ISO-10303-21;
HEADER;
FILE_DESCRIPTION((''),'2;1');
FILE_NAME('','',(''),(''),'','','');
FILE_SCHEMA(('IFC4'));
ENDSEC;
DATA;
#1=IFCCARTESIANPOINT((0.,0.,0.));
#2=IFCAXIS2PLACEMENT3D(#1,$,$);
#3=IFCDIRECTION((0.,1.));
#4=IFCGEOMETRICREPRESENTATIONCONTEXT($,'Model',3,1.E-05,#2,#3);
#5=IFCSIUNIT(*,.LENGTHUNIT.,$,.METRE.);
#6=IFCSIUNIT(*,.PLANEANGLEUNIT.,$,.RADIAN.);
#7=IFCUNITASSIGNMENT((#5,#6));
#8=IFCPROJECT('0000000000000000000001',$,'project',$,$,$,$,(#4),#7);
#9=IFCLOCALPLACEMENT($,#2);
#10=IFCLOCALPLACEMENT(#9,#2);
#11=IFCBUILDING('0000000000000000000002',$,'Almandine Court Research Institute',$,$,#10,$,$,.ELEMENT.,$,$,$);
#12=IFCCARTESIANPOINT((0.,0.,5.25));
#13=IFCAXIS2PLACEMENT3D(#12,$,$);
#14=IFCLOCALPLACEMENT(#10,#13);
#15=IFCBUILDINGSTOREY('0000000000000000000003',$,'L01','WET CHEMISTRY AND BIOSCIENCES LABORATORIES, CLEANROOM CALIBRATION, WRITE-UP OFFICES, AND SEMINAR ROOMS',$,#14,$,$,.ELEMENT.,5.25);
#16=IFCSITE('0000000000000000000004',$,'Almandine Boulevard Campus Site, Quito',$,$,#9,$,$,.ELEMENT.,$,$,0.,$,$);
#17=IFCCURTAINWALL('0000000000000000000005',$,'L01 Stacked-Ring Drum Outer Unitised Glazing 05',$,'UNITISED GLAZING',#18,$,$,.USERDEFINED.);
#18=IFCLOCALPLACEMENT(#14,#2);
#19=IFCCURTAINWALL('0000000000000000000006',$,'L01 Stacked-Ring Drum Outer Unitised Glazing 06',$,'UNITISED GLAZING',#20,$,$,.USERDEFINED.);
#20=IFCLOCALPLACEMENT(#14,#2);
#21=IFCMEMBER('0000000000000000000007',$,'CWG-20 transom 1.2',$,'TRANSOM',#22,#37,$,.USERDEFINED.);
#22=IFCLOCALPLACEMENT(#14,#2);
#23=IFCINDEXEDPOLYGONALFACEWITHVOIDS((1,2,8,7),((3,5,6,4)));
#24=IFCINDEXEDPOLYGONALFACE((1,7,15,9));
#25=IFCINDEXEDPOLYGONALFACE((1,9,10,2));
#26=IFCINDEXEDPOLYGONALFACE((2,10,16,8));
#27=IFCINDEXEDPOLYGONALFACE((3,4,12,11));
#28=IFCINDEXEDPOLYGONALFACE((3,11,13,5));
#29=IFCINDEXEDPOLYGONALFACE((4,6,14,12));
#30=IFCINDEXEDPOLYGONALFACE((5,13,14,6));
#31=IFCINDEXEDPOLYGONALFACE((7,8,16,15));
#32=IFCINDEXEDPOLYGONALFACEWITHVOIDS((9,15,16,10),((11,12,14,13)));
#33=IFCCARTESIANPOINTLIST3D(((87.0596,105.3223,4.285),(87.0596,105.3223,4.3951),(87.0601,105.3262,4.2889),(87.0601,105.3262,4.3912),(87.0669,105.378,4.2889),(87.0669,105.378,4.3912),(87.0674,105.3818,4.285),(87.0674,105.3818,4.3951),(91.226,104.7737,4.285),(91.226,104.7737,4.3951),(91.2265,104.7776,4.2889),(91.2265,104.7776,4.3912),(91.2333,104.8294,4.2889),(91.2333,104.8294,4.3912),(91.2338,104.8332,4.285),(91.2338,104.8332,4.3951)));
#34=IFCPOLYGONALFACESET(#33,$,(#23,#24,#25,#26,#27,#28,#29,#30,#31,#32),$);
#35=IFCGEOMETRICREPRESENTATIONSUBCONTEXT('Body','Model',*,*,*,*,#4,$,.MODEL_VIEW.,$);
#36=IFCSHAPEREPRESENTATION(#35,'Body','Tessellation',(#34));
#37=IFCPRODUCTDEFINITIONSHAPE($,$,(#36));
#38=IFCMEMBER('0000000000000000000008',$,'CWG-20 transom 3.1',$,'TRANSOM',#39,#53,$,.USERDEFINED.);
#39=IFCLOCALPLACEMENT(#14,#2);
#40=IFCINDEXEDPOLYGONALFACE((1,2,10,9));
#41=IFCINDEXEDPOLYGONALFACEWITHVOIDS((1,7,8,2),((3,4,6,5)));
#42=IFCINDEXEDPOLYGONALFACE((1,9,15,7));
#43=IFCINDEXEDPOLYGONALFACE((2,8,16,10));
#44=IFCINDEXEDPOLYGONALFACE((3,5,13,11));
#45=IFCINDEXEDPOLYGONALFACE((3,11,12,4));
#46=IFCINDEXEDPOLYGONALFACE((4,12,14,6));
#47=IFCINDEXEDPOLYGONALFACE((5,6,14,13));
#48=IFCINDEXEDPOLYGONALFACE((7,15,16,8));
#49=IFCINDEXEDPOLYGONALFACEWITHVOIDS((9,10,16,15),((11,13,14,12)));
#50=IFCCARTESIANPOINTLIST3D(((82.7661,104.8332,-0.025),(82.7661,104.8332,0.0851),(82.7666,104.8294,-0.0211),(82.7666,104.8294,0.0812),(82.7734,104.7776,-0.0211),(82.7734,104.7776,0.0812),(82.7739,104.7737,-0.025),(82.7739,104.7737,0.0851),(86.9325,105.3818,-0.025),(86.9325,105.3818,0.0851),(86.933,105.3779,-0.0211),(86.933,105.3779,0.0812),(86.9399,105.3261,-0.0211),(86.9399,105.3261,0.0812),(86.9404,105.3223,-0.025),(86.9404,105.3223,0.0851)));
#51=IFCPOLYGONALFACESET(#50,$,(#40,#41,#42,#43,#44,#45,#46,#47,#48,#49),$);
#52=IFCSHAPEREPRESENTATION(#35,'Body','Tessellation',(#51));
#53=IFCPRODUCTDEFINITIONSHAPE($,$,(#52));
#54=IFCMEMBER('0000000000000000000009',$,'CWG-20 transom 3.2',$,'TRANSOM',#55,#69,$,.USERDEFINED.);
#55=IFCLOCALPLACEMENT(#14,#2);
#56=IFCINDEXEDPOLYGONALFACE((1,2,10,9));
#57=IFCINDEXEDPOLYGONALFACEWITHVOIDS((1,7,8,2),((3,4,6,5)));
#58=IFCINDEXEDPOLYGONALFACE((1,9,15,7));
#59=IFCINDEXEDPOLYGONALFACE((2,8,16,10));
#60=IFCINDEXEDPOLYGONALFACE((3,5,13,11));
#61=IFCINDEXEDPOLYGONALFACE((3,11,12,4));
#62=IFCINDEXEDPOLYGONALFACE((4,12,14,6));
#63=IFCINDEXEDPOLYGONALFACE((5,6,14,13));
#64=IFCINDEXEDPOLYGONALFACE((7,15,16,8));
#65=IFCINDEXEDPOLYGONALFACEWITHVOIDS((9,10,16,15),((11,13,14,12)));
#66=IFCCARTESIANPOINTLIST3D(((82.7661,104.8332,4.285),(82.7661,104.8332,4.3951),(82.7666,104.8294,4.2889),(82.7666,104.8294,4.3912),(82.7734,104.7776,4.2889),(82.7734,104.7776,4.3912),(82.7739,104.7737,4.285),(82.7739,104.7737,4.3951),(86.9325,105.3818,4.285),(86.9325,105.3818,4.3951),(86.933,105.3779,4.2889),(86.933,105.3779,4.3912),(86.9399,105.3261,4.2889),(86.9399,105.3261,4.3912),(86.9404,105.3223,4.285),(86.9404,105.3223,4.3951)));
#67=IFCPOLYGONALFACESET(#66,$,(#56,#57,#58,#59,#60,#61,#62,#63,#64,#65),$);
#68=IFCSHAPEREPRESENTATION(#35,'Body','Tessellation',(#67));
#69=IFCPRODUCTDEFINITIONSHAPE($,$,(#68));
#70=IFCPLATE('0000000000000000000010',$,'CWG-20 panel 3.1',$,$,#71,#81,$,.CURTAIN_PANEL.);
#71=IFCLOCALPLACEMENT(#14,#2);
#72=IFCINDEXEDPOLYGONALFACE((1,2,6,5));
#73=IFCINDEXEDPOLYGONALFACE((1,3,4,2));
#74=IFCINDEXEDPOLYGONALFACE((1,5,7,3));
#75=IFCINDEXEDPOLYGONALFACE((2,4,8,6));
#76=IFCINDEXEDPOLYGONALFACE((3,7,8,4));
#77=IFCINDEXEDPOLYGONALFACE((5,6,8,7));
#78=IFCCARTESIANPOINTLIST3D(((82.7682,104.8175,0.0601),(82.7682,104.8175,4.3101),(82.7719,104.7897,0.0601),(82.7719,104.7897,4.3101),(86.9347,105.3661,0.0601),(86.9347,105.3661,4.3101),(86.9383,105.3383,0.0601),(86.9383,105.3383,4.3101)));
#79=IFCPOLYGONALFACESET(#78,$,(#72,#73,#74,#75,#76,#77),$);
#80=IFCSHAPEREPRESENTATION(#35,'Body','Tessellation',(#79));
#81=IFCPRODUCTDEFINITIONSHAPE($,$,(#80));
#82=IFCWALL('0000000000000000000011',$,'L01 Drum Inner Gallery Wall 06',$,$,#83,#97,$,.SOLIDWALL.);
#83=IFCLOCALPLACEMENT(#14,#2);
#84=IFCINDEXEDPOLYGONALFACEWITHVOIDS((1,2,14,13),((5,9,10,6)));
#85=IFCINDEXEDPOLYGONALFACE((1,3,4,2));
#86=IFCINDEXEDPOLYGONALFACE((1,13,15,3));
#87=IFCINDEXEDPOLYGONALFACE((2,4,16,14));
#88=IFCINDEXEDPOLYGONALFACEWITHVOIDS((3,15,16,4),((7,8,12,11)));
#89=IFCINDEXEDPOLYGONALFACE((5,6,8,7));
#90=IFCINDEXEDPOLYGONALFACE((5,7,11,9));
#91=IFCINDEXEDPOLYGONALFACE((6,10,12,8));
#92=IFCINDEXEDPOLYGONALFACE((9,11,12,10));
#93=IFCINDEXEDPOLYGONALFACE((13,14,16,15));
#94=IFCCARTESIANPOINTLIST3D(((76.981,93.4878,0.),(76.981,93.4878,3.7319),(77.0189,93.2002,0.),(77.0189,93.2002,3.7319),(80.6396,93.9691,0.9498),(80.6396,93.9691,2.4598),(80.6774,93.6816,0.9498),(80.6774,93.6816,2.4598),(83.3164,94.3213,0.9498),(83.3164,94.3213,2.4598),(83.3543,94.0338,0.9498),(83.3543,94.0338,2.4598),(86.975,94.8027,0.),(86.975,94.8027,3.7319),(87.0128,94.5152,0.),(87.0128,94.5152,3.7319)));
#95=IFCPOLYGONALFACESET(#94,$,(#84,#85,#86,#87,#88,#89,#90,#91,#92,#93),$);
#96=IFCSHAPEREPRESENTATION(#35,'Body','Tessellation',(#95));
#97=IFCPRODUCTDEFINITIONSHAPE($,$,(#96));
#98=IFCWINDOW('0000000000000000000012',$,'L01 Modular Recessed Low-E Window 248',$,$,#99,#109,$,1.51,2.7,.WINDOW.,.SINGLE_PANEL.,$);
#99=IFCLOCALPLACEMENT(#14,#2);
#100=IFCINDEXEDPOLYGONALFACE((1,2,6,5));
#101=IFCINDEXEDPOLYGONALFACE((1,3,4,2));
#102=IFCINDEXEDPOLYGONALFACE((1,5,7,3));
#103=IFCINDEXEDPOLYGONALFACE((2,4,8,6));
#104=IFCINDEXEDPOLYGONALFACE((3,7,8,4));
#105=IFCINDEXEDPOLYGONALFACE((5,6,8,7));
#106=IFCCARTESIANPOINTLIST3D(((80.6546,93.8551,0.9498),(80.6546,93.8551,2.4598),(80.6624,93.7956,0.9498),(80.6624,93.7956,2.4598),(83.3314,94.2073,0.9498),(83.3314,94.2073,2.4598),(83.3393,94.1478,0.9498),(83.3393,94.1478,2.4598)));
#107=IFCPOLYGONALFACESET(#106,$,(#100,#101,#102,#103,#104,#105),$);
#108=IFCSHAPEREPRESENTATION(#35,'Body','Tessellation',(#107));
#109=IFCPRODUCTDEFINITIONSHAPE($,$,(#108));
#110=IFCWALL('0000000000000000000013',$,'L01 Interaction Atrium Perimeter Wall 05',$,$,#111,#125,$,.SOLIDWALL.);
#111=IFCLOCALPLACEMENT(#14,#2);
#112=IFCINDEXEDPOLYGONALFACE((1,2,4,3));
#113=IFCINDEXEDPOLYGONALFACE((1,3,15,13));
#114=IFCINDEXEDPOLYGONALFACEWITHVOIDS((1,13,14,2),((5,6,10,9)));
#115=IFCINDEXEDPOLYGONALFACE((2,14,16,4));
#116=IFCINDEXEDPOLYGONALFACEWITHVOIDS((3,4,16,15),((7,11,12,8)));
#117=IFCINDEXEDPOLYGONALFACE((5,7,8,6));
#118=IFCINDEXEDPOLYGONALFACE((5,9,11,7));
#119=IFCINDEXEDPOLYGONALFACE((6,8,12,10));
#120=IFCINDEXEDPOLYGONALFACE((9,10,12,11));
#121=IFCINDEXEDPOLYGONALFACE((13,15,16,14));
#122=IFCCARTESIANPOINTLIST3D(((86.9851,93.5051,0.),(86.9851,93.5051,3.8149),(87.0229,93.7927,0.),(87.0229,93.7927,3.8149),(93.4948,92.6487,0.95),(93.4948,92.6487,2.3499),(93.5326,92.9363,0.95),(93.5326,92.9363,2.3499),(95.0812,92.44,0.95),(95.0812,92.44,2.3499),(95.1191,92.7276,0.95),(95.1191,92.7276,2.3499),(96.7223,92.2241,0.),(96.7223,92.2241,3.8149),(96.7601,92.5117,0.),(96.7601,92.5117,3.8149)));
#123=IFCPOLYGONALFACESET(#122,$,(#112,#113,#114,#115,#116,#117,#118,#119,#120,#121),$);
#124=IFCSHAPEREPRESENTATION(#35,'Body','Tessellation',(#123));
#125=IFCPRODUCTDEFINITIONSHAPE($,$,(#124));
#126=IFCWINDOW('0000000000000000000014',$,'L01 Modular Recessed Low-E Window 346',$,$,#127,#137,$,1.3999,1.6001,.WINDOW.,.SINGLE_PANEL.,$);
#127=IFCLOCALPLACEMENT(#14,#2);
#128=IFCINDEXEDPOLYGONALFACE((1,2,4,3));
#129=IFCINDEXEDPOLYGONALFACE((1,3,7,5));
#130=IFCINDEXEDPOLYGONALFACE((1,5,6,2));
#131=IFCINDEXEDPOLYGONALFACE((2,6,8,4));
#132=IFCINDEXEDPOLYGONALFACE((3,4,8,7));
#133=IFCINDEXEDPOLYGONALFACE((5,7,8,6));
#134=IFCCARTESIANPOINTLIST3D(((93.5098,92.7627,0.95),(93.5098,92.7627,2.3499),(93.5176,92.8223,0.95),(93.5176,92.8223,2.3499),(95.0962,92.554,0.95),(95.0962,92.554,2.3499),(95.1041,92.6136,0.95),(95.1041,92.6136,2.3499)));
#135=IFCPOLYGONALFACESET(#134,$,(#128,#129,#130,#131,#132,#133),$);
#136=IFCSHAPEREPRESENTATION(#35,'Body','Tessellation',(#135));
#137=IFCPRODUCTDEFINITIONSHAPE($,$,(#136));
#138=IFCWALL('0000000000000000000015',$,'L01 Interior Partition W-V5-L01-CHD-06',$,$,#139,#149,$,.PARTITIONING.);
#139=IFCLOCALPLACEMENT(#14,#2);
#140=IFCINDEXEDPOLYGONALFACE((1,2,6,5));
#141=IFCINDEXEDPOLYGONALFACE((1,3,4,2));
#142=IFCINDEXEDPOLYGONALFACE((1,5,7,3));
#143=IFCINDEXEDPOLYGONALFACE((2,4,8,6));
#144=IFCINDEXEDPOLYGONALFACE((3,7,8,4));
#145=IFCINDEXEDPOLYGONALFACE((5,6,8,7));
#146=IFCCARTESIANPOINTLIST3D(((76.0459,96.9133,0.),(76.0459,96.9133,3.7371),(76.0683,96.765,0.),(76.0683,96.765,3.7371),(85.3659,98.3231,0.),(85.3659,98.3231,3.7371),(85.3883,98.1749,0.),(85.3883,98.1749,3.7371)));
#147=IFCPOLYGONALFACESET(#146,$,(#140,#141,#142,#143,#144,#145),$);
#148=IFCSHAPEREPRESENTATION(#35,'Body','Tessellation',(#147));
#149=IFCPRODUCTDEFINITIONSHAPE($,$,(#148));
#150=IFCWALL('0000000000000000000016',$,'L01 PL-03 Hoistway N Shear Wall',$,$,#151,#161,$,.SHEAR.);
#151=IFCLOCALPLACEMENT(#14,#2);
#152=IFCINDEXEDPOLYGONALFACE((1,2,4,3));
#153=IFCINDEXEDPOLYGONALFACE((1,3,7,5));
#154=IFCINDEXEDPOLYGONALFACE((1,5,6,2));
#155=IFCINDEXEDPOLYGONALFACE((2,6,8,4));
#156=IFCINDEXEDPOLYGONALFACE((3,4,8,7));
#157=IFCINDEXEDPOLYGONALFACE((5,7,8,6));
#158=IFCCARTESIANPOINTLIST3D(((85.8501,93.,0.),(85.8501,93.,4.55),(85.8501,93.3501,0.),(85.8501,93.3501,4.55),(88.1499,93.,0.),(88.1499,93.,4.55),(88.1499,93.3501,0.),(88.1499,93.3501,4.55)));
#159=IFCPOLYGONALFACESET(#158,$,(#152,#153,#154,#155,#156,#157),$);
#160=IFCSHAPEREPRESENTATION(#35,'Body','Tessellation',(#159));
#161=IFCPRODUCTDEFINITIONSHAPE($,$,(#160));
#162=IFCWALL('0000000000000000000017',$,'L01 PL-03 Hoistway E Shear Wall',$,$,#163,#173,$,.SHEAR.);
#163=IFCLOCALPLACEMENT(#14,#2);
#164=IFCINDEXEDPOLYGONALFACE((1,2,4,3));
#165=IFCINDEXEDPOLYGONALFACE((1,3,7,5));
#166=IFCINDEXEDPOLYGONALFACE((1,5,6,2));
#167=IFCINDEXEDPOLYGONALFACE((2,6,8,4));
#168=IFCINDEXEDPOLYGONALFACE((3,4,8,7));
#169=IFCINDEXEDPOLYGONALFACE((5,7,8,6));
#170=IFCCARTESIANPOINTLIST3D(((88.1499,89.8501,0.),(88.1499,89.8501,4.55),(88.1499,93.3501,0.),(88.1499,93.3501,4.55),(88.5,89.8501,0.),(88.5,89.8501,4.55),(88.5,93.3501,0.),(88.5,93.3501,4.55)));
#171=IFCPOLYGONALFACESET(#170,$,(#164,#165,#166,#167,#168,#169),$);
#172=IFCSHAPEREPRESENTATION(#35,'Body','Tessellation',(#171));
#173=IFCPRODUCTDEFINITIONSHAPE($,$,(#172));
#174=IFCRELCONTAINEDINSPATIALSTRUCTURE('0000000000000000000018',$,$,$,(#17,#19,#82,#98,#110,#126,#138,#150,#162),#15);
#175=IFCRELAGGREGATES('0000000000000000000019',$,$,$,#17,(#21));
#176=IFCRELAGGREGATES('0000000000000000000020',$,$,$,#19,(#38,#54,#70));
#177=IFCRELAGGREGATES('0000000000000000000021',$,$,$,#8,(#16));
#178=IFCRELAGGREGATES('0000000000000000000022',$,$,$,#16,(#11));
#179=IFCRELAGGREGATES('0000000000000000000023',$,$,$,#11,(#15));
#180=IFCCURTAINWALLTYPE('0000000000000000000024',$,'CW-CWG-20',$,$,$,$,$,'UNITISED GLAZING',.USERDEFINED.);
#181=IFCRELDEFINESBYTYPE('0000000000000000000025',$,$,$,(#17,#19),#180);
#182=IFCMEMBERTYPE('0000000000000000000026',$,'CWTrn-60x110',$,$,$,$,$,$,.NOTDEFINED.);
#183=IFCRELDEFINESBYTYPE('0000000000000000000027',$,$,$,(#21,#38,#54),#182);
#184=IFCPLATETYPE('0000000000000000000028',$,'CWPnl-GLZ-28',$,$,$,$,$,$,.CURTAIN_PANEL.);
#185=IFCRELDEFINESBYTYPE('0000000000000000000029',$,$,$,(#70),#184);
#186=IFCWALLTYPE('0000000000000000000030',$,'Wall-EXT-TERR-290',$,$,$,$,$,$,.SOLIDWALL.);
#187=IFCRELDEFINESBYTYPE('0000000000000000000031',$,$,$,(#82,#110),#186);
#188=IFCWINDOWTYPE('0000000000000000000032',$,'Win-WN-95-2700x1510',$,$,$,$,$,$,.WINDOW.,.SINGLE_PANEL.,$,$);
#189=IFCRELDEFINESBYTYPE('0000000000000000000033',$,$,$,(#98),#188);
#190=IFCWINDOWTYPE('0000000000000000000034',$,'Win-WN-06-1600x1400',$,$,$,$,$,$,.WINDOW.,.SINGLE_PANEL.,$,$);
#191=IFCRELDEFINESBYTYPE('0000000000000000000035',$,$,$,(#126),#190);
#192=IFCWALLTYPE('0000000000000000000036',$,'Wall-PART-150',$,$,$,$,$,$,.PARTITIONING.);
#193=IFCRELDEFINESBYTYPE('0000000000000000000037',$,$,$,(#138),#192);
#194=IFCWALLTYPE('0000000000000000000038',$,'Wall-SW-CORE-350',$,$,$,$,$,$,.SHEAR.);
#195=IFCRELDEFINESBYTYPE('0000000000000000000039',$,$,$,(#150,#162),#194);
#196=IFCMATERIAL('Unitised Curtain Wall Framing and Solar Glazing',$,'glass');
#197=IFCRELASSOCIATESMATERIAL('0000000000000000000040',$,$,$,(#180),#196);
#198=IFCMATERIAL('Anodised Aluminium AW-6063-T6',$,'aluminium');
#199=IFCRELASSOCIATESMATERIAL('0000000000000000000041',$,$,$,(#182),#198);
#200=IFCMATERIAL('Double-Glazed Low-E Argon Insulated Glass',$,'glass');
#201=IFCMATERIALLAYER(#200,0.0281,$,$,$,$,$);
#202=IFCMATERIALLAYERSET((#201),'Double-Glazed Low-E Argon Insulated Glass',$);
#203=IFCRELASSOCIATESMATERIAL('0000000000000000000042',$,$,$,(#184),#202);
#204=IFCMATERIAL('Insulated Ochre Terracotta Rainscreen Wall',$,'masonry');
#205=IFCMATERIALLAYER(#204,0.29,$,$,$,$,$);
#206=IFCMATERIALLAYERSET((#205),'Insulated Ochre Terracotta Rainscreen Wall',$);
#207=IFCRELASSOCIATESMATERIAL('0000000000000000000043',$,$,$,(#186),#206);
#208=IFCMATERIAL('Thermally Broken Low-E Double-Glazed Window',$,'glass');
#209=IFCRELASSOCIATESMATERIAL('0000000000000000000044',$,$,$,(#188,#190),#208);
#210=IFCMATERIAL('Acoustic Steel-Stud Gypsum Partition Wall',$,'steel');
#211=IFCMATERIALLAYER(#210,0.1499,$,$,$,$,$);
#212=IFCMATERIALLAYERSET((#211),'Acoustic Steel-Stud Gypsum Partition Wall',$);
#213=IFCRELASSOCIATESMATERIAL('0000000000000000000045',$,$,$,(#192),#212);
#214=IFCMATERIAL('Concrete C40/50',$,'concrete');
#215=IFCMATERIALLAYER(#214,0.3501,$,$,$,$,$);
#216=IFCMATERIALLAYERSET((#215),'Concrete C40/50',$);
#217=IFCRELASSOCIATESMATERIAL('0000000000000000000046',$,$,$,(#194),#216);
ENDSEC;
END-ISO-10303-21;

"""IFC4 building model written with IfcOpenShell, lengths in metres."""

from ifc_helpers import new_model, si_unit, direction, frame, frame_2d, origin, origin_2d, place, context, subcontext, project, spatial, rectangle, hollow_rectangle, extrude, material, layer, layer_set, material_profile, profile_set, type_object, element, fill, aggregate, save


model = new_model("IFC4")

# Units and contexts
model_context = context("Model", 3, precision=1e-05, world=origin(), true_north=direction((0.0, 1.0)))
body_context = subcontext(model_context, "Body", "Model", "MODEL_VIEW")
ifc_project = project(units=[si_unit("LENGTHUNIT", "METRE"), si_unit("PLANEANGLEUNIT", "RADIAN")], contexts=[model_context])

# Site, building, storey
site_placement = place(None, origin())
site = spatial("IfcSite", under=ifc_project, at=site_placement, Name="Almandine Boulevard Campus Site, Quito", CompositionType="ELEMENT", RefElevation=0.0)
building_placement = place(site_placement, origin())
building = spatial("IfcBuilding", under=site, at=building_placement, Name="Almandine Court Research Institute", CompositionType="ELEMENT")
storey_placement = place(building_placement, frame((0.0, 0.0, 5.25)))
storey = spatial("IfcBuildingStorey", under=building, at=storey_placement, Name="L01", Description="WET CHEMISTRY AND BIOSCIENCES LABORATORIES, CLEANROOM CALIBRATION, WRITE-UP OFFICES, AND SEMINAR ROOMS", CompositionType="ELEMENT", Elevation=5.25)

# Curtain wall
ifc_material_1 = material(Name="Unitised Curtain Wall Framing and Solar Glazing", Category="glass")
curtain_wall_type = type_object("IfcCurtainWallType", Name="CW-CWG-20", ElementType="UNITISED GLAZING", PredefinedType="USERDEFINED", material=ifc_material_1)
curtain_wall_1_placement = place(storey_placement, origin())
curtain_wall_1 = element("IfcCurtainWall", 1, at=curtain_wall_1_placement, inside=storey, type_object=curtain_wall_type, Name="L01 Stacked-Ring Drum Outer Unitised Glazing 05", ObjectType="UNITISED GLAZING", PredefinedType="USERDEFINED")
ifc_material_2 = material(Name="Anodised Aluminium AW-6063-T6", Category="aluminium")

# Curtain wall
curtain_wall_2_placement = place(storey_placement, origin())
curtain_wall_2 = element("IfcCurtainWall", 2, at=curtain_wall_2_placement, inside=storey, type_object=curtain_wall_type, Name="L01 Stacked-Ring Drum Outer Unitised Glazing 06", ObjectType="UNITISED GLAZING", PredefinedType="USERDEFINED")

# Members
ifc_material_profile_1 = material_profile(ifc_material_2, hollow_rectangle(XDim=0.0601, YDim=0.1101, WallThickness=0.0039, at=origin_2d()), Name="ALU RHS 60x110x4")
ifc_profile_set_1 = profile_set([ifc_material_profile_1], Name="Anodised Aluminium AW-6063-T6")
member_type_1 = type_object("IfcMemberType", Name="CWTrn-60x110", PredefinedType="NOTDEFINED", material=ifc_profile_set_1)
member_1_placement = place(storey_placement, frame((87.0635, 105.3521, 4.3401), z_axis=(0.991443, -0.130539, 0.0), x_axis=(0.130539, 0.991443, 0.0)))
member_1 = element("IfcMember", 3, at=member_1_placement, type_object=member_type_1, Name="CWG-20 transom 1.2", ObjectType="TRANSOM", PredefinedType="USERDEFINED", context=body_context, shape_type="SweptSolid", body=[
    extrude(hollow_rectangle(XDim=0.0601, YDim=0.1101, WallThickness=0.0039, at=origin_2d()), origin(), (0.0, 0.0, 1.0), 4.2024),
])
aggregate(curtain_wall_1, [member_1])
member_2_placement = place(storey_placement, frame((82.77, 104.8035, 0.03), z_axis=(0.991443, 0.130539, 0.0), x_axis=(-0.130539, 0.991443, 0.0)))
member_2 = element("IfcMember", 4, at=member_2_placement, type_object=member_type_1, Name="CWG-20 transom 3.1", ObjectType="TRANSOM", PredefinedType="USERDEFINED", context=body_context, shape_type="SweptSolid", body=[
    extrude(hollow_rectangle(XDim=0.0601, YDim=0.1101, WallThickness=0.0039, at=origin_2d()), origin(), (0.0, 0.0, 1.0), 4.2024),
])
member_3_placement = place(storey_placement, frame((82.77, 104.8035, 4.3401), z_axis=(0.991443, 0.130539, 0.0), x_axis=(-0.130539, 0.991443, 0.0)))
member_3 = element("IfcMember", 5, at=member_3_placement, type_object=member_type_1, Name="CWG-20 transom 3.2", ObjectType="TRANSOM", PredefinedType="USERDEFINED", context=body_context, shape_type="SweptSolid", body=[
    extrude(hollow_rectangle(XDim=0.0601, YDim=0.1101, WallThickness=0.0039, at=origin_2d()), origin(), (0.0, 0.0, 1.0), 4.2024),
])

# Plate
ifc_material_3 = material(Name="Double-Glazed Low-E Argon Insulated Glass", Category="glass")
ifc_layer_1 = layer(ifc_material_3, 0.0281)
ifc_layer_set_1 = layer_set([ifc_layer_1], Name="Double-Glazed Low-E Argon Insulated Glass")
plate_type = type_object("IfcPlateType", Name="CWPnl-GLZ-28", PredefinedType="CURTAIN_PANEL", material=ifc_layer_set_1)
plate_placement = place(storey_placement, frame((84.8533, 105.0779, 0.0601), z_axis=(0.0, 0.0, 1.0), x_axis=(0.991443, 0.130541, 0.0)))
plate = element("IfcPlate", 6, at=plate_placement, type_object=plate_type, Name="CWG-20 panel 3.1", PredefinedType="CURTAIN_PANEL", context=body_context, shape_type="SweptSolid", body=[
    extrude(rectangle(XDim=4.2024, YDim=0.0281, at=origin_2d()), origin(), (0.0, 0.0, 1.0), 4.25),
])
aggregate(curtain_wall_2, [member_2, member_3, plate])

# Walls, openings, windows
ifc_material_4 = material(Name="Insulated Ochre Terracotta Rainscreen Wall", Category="masonry")
ifc_layer_2 = layer(ifc_material_4, 0.29)
ifc_layer_set_2 = layer_set([ifc_layer_2], Name="Insulated Ochre Terracotta Rainscreen Wall")
wall_type_1 = type_object("IfcWallType", Name="Wall-EXT-TERR-290", PredefinedType="SOLIDWALL", material=ifc_layer_set_2)
wall_1_placement = place(storey_placement, frame((86.9939, 94.6589, 0.0), z_axis=(0.0, 0.0, 1.0), x_axis=(-0.991455, -0.13045, 0.0)))
wall_1 = element("IfcWall", 7, at=wall_1_placement, inside=storey, type_object=wall_type_1, Name="L01 Drum Inner Gallery Wall 06", PredefinedType="SOLIDWALL", context=body_context, shape_type="SweptSolid", body=[
    extrude(rectangle(XDim=10.0801, YDim=0.29, at=frame_2d((5.04, 0.0))), origin(), (0.0, 0.0, 1.0), 3.7319),
])
opening_1_placement = place(wall_1_placement, frame((3.6899, 0.0, 0.95)))
opening_1 = element("IfcOpeningElement", 8, at=opening_1_placement, cuts=wall_1, PredefinedType="OPENING", context=body_context, shape_type="SweptSolid", body=[
    extrude(rectangle(XDim=2.7, YDim=1.51, at=frame_2d((1.3501, 0.7549))), frame((0.0, 0.155, 0.0), z_axis=(0.0, -1.0, 0.0), x_axis=(1.0, 0.0, 0.0)), (0.0, 0.0, 1.0), 0.3101),
])
ifc_material_5 = material(Name="Thermally Broken Low-E Double-Glazed Window", Category="glass")
window_type_1 = type_object("IfcWindowType", Name="Win-WN-95-2700x1510", PartitioningType="SINGLE_PANEL", PredefinedType="WINDOW", material=ifc_material_5)
window_1_placement = place(opening_1_placement, origin())
window_1 = element("IfcWindow", 9, at=window_1_placement, inside=storey, type_object=window_type_1, Name="L01 Modular Recessed Low-E Window 248", OverallHeight=1.51, OverallWidth=2.7, PartitioningType="SINGLE_PANEL", PredefinedType="WINDOW", context=body_context, shape_type="SweptSolid", body=[
    extrude(rectangle(XDim=2.7, YDim=1.51, at=frame_2d((1.3501, 0.7549))), frame((0.0, 0.03, 0.0), z_axis=(0.0, -1.0, 0.0), x_axis=(1.0, 0.0, 0.0)), (0.0, 0.0, 1.0), 0.0601),
])
fill(opening_1, window_1)
wall_2_placement = place(storey_placement, frame((87.0039, 93.6489, 0.0), z_axis=(0.0, 0.0, 1.0), x_axis=(0.991457, -0.130436, 0.0)))
wall_2 = element("IfcWall", 10, at=wall_2_placement, inside=storey, type_object=wall_type_1, Name="L01 Interaction Atrium Perimeter Wall 05", PredefinedType="SOLIDWALL", context=body_context, shape_type="SweptSolid", body=[
    extrude(rectangle(XDim=9.821, YDim=0.29, at=frame_2d((4.9106, 0.0))), origin(), (0.0, 0.0, 1.0), 3.8149),
])
opening_2_placement = place(wall_2_placement, frame((6.5659, 0.0, 0.95)))
opening_2 = element("IfcOpeningElement", 11, at=opening_2_placement, cuts=wall_2, PredefinedType="OPENING", context=body_context, shape_type="SweptSolid", body=[
    extrude(rectangle(XDim=1.6001, YDim=1.3999, at=frame_2d((0.8, 0.7))), frame((0.0, 0.155, 0.0), z_axis=(0.0, -1.0, 0.0), x_axis=(1.0, 0.0, 0.0)), (0.0, 0.0, 1.0), 0.3101),
])
window_type_2 = type_object("IfcWindowType", Name="Win-WN-06-1600x1400", PartitioningType="SINGLE_PANEL", PredefinedType="WINDOW", material=ifc_material_5)
window_2_placement = place(opening_2_placement, origin())
window_2 = element("IfcWindow", 12, at=window_2_placement, inside=storey, type_object=window_type_2, Name="L01 Modular Recessed Low-E Window 346", OverallHeight=1.3999, OverallWidth=1.6001, PartitioningType="SINGLE_PANEL", PredefinedType="WINDOW", context=body_context, shape_type="SweptSolid", body=[
    extrude(rectangle(XDim=1.6001, YDim=1.3999, at=frame_2d((0.8, 0.7))), frame((0.0, 0.03, 0.0), z_axis=(0.0, -1.0, 0.0), x_axis=(1.0, 0.0, 0.0)), (0.0, 0.0, 1.0), 0.0601),
])
fill(opening_2, window_2)

# Walls
ifc_material_6 = material(Name="Acoustic Steel-Stud Gypsum Partition Wall", Category="steel")
ifc_layer_3 = layer(ifc_material_6, 0.1499)
ifc_layer_set_3 = layer_set([ifc_layer_3], Name="Acoustic Steel-Stud Gypsum Partition Wall")
wall_type_2 = type_object("IfcWallType", Name="Wall-PART-150", PredefinedType="PARTITIONING", material=ifc_layer_set_3)
wall_3_placement = place(storey_placement, frame((85.377, 98.249, 0.0), z_axis=(0.0, 0.0, 1.0), x_axis=(-0.98875, -0.149575, 0.0)))
element("IfcWall", 13, at=wall_3_placement, inside=storey, type_object=wall_type_2, Name="L01 Interior Partition W-V5-L01-CHD-06", PredefinedType="PARTITIONING", context=body_context, shape_type="SweptSolid", body=[
    extrude(rectangle(XDim=9.426, YDim=0.1499, at=frame_2d((4.7129, 0.0))), origin(), (0.0, 0.0, 1.0), 3.7371),
])
ifc_material_7 = material(Name="Concrete C40/50", Category="concrete")
ifc_layer_4 = layer(ifc_material_7, 0.3501)
ifc_layer_set_4 = layer_set([ifc_layer_4], Name="Concrete C40/50")
wall_type_3 = type_object("IfcWallType", Name="Wall-SW-CORE-350", PredefinedType="SHEAR", material=ifc_layer_set_4)
wall_4_placement = place(storey_placement, frame((85.8501, 93.175, 0.0), z_axis=(0.0, 0.0, 1.0), x_axis=(1.0, 0.0, 0.0)))
element("IfcWall", 14, at=wall_4_placement, inside=storey, type_object=wall_type_3, Name="L01 PL-03 Hoistway N Shear Wall", PredefinedType="SHEAR", context=body_context, shape_type="SweptSolid", body=[
    extrude(rectangle(XDim=2.2998, YDim=0.3501, at=frame_2d((1.1499, 0.0))), origin(), (0.0, 0.0, 1.0), 4.55),
])
for number, where, z_axis, x_axis, name in (
    (15, (88.325, 93.3501, 0.0), (0.0, 0.0, 1.0), (0.0, -1.0, 0.0), "L01 PL-03 Hoistway E Shear Wall"),
):
    element("IfcWall", number, at=place(storey_placement, frame(where, z_axis=z_axis, x_axis=x_axis)), inside=storey, type_object=wall_type_3, Name=name, PredefinedType="SHEAR", context=body_context, shape_type="SweptSolid", body=[
        extrude(rectangle(XDim=3.5, YDim=0.3501, at=frame_2d((1.75, 0.0))), origin(), (0.0, 0.0, 1.0), 4.55),
    ])

save(model, "model.ifc")
